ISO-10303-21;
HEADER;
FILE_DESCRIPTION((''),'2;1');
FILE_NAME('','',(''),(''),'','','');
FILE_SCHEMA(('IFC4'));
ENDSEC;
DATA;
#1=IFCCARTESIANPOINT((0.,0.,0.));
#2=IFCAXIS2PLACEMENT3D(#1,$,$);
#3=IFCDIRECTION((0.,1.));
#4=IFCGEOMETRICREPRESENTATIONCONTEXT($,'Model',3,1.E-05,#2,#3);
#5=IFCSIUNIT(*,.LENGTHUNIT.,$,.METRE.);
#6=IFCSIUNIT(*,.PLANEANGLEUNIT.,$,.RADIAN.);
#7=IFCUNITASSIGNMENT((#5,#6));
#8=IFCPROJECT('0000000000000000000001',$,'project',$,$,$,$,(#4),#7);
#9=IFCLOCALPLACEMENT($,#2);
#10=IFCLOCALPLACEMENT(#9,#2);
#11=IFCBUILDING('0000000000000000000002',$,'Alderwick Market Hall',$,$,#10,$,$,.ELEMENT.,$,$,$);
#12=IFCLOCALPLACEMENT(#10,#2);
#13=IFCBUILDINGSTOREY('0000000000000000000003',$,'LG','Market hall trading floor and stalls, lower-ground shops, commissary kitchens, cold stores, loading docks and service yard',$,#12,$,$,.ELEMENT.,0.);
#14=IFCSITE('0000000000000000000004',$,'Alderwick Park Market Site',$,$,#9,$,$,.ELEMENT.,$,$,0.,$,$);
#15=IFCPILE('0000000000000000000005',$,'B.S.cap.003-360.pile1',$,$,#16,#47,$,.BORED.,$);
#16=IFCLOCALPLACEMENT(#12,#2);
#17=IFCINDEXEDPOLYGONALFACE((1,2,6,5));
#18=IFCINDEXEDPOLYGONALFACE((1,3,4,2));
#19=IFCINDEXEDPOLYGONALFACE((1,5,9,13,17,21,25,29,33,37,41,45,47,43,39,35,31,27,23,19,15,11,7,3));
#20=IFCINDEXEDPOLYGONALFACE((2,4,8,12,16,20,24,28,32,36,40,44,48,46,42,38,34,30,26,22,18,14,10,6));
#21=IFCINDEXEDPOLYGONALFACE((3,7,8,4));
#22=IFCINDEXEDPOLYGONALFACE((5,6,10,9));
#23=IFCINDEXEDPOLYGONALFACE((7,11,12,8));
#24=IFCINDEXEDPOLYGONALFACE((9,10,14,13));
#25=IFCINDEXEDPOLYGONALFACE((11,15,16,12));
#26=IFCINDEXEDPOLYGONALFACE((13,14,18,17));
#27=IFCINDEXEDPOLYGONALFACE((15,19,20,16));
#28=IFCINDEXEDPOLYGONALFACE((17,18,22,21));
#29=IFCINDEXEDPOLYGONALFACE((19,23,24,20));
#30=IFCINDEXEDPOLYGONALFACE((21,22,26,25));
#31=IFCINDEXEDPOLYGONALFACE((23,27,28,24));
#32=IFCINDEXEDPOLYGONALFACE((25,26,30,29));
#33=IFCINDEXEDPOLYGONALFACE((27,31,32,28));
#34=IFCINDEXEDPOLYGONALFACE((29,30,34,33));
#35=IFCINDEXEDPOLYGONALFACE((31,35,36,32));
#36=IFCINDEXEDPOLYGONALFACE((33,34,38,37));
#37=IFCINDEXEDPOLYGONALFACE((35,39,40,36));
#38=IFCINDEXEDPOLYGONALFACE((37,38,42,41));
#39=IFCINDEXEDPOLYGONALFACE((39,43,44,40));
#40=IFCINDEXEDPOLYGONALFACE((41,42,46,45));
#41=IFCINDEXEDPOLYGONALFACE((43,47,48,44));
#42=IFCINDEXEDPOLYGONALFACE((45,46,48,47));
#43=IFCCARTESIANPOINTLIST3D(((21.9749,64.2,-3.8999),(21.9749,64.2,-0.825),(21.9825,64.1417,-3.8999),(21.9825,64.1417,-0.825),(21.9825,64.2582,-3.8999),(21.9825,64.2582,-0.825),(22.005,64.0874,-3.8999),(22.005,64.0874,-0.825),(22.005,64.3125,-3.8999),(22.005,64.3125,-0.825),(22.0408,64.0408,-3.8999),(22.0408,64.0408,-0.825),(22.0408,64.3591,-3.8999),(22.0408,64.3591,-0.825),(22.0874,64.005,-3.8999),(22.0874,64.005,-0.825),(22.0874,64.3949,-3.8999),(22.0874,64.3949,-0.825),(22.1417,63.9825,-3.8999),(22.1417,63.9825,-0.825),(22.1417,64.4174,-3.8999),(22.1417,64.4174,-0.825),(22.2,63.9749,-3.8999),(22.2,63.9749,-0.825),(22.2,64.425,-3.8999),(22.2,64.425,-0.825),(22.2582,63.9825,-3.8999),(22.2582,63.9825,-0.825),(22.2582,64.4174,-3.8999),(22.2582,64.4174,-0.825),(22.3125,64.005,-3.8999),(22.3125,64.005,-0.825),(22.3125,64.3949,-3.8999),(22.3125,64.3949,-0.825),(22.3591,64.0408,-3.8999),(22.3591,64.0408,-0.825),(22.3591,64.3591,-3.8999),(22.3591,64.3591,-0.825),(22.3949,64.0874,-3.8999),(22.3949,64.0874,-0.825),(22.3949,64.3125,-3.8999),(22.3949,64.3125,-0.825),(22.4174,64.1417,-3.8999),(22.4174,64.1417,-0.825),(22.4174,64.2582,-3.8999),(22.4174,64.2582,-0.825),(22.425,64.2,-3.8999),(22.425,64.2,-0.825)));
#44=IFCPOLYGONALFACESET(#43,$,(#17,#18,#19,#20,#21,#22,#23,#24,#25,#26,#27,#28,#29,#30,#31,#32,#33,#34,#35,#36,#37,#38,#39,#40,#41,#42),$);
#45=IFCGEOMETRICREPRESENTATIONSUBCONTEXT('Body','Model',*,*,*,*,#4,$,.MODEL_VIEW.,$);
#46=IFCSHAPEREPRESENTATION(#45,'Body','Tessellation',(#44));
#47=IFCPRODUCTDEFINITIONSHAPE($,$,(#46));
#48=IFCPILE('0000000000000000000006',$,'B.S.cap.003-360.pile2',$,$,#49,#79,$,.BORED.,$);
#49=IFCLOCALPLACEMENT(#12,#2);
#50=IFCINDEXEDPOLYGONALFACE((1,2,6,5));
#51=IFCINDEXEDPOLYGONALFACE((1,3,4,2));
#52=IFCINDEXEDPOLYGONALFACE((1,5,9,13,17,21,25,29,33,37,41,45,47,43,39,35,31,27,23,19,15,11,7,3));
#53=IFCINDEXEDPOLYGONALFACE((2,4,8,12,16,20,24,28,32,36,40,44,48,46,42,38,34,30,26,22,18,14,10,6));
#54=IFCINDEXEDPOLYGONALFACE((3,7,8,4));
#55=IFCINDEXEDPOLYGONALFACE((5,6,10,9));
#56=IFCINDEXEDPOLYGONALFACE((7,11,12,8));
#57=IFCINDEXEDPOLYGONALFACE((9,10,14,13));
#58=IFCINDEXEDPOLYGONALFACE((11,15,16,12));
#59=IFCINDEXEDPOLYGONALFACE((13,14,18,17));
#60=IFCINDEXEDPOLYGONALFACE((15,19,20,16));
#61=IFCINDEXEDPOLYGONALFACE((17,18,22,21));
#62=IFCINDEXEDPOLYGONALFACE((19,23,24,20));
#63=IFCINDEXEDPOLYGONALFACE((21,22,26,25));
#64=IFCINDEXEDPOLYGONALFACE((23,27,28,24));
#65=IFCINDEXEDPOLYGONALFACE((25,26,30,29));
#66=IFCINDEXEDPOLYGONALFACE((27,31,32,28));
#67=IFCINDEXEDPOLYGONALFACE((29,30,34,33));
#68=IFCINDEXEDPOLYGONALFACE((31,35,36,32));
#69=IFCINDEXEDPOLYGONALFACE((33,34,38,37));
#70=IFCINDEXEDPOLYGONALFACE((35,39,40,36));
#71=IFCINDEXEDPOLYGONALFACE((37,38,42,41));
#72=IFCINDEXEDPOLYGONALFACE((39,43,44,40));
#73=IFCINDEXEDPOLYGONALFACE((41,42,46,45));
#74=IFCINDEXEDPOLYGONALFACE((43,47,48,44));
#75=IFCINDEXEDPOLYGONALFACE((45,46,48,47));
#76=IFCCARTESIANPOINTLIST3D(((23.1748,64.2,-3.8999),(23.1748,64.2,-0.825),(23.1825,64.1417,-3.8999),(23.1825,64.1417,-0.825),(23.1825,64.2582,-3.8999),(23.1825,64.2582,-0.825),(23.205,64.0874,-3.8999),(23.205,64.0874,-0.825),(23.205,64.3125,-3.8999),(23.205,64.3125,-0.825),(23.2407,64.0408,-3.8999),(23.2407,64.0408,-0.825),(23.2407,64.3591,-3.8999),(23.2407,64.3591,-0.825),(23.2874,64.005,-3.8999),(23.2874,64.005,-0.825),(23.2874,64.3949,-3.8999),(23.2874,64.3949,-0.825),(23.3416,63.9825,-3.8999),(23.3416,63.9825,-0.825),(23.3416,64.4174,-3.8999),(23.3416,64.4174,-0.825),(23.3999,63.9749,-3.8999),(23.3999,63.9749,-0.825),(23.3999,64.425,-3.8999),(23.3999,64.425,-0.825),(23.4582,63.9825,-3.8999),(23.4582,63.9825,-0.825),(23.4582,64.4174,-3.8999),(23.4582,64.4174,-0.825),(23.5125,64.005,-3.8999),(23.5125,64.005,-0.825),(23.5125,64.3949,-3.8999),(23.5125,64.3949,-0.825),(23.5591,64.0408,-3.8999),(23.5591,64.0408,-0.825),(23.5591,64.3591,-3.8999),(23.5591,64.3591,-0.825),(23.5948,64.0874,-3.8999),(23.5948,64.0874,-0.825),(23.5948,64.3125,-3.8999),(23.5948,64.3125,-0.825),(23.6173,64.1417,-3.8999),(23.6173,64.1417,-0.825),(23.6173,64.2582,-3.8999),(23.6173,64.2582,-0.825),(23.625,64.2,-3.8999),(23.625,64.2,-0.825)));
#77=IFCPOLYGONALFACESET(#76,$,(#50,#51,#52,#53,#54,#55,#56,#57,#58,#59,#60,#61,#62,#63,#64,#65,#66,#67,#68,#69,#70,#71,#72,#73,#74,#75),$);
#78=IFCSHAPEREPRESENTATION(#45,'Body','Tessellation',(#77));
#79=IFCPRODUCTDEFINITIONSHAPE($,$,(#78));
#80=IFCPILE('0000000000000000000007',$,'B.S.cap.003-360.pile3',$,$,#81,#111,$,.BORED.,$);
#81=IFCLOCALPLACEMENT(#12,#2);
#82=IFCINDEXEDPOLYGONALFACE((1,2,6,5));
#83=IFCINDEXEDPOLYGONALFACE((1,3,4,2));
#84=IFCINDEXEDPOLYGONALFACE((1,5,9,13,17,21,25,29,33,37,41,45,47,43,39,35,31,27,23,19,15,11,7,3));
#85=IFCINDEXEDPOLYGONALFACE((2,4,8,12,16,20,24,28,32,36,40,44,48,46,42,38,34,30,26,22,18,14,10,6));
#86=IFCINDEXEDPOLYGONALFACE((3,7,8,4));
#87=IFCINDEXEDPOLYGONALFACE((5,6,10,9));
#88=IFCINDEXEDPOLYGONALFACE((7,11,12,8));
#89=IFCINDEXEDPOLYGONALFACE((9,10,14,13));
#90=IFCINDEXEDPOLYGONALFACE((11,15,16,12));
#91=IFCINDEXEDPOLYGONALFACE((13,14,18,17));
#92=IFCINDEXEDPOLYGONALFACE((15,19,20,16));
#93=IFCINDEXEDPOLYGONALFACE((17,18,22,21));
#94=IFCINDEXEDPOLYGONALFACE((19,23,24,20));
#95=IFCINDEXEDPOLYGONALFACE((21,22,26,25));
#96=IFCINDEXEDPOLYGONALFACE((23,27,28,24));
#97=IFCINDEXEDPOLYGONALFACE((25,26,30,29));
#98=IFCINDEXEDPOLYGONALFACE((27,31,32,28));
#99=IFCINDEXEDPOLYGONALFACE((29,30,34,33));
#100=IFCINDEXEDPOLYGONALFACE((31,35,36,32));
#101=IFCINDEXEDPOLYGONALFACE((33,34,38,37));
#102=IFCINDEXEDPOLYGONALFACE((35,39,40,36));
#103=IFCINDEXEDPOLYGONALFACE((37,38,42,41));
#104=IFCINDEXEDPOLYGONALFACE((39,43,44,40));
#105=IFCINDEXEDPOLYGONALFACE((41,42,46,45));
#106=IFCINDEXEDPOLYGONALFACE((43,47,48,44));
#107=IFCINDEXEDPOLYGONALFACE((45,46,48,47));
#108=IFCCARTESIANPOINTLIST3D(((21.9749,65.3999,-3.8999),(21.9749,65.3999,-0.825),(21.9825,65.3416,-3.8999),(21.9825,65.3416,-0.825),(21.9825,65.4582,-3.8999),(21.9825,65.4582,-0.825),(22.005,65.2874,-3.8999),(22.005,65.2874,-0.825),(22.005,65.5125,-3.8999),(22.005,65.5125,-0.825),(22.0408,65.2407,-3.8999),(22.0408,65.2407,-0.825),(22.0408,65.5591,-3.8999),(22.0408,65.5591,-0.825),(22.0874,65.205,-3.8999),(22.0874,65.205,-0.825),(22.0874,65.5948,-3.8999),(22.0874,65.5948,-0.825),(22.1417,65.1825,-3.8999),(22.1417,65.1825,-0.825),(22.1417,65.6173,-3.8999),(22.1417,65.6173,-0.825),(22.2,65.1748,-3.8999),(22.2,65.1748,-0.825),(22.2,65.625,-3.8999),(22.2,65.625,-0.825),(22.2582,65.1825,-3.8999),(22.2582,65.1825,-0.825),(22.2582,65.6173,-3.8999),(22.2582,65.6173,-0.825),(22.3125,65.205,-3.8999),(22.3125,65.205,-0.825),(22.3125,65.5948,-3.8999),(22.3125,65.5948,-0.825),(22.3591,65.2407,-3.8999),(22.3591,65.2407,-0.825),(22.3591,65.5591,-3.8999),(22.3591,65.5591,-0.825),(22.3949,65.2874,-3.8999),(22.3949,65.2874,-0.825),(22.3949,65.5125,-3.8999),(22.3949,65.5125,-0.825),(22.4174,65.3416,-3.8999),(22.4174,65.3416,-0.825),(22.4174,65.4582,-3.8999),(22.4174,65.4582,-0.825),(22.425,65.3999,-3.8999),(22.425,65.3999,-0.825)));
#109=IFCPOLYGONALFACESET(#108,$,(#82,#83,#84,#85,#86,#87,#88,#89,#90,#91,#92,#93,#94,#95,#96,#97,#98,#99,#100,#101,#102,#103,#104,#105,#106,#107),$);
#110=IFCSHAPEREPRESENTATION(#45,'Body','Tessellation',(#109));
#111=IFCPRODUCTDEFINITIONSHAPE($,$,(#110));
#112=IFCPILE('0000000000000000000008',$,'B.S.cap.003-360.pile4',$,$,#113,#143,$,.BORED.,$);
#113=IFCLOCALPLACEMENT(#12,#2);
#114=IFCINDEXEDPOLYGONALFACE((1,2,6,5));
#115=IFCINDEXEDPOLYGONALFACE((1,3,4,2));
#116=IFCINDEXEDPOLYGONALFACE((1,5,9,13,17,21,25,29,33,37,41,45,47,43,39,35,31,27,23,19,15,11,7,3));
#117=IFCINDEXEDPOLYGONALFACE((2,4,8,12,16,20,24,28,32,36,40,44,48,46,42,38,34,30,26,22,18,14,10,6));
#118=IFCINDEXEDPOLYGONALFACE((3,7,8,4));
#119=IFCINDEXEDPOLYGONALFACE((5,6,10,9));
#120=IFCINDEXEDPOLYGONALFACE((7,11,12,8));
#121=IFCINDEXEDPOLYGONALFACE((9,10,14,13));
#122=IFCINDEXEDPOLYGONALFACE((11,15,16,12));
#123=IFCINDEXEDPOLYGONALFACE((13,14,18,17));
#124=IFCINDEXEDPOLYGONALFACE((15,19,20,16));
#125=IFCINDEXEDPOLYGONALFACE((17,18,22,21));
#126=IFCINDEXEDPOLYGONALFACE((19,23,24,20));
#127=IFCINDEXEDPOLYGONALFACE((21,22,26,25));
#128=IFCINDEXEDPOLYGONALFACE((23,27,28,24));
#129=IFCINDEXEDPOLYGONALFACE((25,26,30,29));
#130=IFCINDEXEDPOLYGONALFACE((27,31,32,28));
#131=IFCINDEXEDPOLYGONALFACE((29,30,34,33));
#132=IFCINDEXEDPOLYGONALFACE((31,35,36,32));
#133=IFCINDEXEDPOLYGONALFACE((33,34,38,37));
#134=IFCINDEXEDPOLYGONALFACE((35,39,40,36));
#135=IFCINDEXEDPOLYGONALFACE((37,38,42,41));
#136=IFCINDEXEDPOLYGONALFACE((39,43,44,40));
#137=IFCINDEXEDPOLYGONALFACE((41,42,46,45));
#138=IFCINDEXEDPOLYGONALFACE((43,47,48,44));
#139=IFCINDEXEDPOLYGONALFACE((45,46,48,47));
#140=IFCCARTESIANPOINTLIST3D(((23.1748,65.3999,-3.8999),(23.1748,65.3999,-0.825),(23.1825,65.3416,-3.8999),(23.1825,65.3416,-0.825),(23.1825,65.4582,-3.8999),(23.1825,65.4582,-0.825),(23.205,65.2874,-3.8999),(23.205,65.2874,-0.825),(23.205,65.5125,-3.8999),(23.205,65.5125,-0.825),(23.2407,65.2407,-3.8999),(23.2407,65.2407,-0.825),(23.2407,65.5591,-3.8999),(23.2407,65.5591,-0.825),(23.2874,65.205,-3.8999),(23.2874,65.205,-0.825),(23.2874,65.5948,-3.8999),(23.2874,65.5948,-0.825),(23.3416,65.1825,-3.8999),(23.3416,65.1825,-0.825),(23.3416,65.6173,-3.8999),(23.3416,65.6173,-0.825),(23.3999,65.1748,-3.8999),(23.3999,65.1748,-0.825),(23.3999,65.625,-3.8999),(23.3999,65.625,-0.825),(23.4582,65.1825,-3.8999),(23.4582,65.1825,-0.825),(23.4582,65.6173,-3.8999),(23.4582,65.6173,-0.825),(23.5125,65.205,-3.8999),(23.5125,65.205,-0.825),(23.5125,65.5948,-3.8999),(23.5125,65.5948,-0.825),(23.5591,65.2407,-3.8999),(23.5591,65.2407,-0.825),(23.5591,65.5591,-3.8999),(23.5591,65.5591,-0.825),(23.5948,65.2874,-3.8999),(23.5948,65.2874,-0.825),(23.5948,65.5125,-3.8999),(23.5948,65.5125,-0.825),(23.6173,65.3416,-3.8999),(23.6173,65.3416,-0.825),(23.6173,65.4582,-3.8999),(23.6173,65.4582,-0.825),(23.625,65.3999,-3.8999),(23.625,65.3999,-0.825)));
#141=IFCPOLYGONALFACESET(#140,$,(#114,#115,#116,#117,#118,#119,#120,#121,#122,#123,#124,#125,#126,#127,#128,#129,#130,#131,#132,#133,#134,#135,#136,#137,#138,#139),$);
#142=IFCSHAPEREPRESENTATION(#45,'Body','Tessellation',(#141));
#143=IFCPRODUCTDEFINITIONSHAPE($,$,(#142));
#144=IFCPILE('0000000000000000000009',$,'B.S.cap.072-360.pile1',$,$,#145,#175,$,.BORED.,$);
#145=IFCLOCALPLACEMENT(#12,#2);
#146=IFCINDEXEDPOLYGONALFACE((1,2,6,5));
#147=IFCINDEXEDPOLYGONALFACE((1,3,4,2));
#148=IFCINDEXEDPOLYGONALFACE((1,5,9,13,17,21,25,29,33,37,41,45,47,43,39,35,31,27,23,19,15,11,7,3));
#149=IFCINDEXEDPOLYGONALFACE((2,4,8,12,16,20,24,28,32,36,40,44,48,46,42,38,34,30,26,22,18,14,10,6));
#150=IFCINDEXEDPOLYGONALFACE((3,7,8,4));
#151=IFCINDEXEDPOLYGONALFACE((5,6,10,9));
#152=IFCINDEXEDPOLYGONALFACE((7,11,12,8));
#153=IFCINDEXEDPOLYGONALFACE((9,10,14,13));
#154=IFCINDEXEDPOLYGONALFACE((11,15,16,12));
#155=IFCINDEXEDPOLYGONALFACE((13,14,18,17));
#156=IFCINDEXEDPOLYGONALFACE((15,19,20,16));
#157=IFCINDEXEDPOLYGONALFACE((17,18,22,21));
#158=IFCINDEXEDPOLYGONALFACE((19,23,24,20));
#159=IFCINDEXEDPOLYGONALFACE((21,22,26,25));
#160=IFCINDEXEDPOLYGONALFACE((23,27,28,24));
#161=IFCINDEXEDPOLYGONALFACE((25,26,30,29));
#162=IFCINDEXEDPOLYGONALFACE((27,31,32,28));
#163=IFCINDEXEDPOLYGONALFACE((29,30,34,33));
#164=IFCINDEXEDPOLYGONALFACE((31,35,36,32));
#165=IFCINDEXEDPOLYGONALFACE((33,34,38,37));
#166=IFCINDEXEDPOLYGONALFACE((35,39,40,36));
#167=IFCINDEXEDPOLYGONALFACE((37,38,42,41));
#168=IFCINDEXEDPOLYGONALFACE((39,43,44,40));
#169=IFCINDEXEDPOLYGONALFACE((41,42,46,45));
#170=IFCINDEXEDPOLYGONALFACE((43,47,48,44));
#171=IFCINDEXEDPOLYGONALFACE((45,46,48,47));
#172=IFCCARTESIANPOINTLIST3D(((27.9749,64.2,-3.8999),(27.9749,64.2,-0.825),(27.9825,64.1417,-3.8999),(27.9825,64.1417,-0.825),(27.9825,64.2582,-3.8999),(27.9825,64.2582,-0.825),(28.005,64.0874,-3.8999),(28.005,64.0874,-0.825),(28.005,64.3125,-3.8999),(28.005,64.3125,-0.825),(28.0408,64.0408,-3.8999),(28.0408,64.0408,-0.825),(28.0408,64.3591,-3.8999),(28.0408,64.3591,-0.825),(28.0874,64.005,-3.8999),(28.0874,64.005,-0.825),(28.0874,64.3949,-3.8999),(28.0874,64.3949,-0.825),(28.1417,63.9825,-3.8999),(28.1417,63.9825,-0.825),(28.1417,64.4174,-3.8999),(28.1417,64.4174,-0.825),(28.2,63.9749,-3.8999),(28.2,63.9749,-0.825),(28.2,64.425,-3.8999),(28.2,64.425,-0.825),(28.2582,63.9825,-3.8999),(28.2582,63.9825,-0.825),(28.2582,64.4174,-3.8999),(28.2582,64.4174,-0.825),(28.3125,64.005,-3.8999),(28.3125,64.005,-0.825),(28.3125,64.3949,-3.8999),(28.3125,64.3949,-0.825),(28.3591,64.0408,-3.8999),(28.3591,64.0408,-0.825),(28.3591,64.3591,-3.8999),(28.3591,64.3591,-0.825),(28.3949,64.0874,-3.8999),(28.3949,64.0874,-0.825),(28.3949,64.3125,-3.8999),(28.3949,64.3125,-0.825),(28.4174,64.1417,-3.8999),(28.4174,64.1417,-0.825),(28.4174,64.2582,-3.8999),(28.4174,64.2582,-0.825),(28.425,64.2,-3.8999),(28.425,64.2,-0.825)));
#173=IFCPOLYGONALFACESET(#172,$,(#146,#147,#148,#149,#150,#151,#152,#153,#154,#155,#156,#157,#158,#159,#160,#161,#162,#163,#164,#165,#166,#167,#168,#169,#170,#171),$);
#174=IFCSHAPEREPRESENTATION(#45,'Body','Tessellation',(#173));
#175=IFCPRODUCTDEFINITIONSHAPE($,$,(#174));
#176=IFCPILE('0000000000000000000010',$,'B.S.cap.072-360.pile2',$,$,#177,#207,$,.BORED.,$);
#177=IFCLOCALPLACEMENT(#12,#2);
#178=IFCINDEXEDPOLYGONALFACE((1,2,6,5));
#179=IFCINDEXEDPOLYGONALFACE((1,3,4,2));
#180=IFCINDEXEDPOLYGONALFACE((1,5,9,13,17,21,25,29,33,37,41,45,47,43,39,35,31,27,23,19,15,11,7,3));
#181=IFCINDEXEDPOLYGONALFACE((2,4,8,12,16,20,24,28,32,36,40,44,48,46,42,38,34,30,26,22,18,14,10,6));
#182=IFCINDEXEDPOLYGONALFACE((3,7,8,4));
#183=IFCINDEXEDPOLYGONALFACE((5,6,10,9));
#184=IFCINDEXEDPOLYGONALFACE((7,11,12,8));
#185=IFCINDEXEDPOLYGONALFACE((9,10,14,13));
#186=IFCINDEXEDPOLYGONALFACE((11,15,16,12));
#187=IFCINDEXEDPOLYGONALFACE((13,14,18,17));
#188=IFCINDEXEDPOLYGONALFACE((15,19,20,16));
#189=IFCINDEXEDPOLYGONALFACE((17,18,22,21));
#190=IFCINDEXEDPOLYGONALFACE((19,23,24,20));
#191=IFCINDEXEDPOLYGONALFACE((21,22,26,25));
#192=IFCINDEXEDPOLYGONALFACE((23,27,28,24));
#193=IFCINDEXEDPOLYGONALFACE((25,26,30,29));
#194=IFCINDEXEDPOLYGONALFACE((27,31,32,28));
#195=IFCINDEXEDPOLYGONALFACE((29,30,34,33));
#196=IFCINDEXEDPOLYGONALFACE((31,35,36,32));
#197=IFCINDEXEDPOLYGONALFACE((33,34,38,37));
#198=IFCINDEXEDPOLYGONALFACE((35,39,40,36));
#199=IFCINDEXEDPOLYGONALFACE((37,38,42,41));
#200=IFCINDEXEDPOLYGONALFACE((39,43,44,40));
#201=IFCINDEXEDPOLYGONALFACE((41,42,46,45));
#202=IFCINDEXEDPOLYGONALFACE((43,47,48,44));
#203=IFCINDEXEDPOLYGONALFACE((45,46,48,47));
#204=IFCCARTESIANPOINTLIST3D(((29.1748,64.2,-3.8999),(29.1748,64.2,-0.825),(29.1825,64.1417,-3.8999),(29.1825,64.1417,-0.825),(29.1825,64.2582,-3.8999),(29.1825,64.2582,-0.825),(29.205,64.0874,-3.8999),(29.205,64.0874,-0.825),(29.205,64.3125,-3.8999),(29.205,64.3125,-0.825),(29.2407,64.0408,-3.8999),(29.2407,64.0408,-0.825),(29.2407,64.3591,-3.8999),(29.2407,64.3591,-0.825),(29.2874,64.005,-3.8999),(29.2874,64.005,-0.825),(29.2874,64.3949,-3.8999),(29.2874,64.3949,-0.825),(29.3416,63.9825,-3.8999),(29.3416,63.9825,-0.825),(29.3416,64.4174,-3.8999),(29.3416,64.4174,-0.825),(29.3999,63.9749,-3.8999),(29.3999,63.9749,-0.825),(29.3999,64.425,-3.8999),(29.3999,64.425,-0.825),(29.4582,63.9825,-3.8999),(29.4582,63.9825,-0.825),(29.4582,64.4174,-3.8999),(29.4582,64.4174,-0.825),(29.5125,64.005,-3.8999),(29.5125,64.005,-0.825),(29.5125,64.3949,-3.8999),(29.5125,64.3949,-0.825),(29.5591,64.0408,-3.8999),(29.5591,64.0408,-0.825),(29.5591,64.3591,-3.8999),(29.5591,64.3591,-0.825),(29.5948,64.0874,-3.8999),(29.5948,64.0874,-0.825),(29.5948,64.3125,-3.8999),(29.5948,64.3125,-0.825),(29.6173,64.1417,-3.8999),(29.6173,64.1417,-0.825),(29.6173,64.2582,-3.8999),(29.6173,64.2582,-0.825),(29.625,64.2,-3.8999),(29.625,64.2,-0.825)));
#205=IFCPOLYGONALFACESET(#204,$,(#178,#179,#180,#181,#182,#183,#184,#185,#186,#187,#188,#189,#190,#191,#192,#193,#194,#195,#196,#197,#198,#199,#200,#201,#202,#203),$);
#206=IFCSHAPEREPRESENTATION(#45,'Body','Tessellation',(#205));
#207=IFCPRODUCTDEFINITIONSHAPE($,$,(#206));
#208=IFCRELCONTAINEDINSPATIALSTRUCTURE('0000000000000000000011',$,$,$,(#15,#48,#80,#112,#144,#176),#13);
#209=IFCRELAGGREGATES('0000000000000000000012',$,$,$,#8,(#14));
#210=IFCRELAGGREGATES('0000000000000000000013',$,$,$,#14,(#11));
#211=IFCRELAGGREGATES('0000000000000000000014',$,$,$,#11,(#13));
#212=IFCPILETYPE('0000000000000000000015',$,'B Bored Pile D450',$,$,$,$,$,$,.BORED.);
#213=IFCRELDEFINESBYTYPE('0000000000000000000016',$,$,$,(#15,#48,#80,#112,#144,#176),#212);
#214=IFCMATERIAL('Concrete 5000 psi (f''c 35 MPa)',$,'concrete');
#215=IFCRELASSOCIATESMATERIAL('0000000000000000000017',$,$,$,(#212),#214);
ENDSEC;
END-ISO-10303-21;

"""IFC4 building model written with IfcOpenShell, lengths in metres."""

from ifc_helpers import new_model, si_unit, direction, frame, origin, origin_2d, place, context, subcontext, project, spatial, circle, extrude, material, material_profile, profile_set, type_object, element, save


model = new_model("IFC4")

# Units and contexts
model_context = context("Model", 3, precision=1e-05, world=origin(), true_north=direction((0.0, 1.0)))
body_context = subcontext(model_context, "Body", "Model", "MODEL_VIEW")
ifc_project = project(units=[si_unit("LENGTHUNIT", "METRE"), si_unit("PLANEANGLEUNIT", "RADIAN")], contexts=[model_context])

# Site, building, storey
site_placement = place(None, origin())
site = spatial("IfcSite", under=ifc_project, at=site_placement, Name="Alderwick Park Market Site", CompositionType="ELEMENT", RefElevation=0.0)
building_placement = place(site_placement, origin())
building = spatial("IfcBuilding", under=site, at=building_placement, Name="Alderwick Market Hall", CompositionType="ELEMENT")
storey_placement = place(building_placement, origin())
storey = spatial("IfcBuildingStorey", under=building, at=storey_placement, Name="LG", Description="Market hall trading floor and stalls, lower-ground shops, commissary kitchens, cold stores, loading docks and service yard", CompositionType="ELEMENT", Elevation=0.0)

# Piles
ifc_material_1 = material(Name="Concrete 5000 psi (f'c 35 MPa)", Category="concrete")
ifc_material_profile_1 = material_profile(ifc_material_1, circle(Radius=0.2251, at=origin_2d()), Name="B Bored Pile D450")
ifc_profile_set_1 = profile_set([ifc_material_profile_1], Name="Concrete 5000 psi (f'c 35 MPa)")
pile_type = type_object("IfcPileType", Name="B Bored Pile D450", PredefinedType="BORED", material=ifc_profile_set_1)
for number, where, z_axis, x_axis, name in (
    (1, (22.2, 64.2, -0.825), (0.0, 0.0, -1.0), (1.0, 0.0, 0.0), "B.S.cap.003-360.pile1"),
    (2, (23.3999, 64.2, -0.825), (0.0, 0.0, -1.0), (1.0, 0.0, 0.0), "B.S.cap.003-360.pile2"),
    (3, (22.2, 65.3999, -0.825), (0.0, 0.0, -1.0), (1.0, 0.0, 0.0), "B.S.cap.003-360.pile3"),
    (4, (23.3999, 65.3999, -0.825), (0.0, 0.0, -1.0), (1.0, 0.0, 0.0), "B.S.cap.003-360.pile4"),
    (5, (28.2, 64.2, -0.825), (0.0, 0.0, -1.0), (1.0, 0.0, 0.0), "B.S.cap.072-360.pile1"),
    (6, (29.3999, 64.2, -0.825), (0.0, 0.0, -1.0), (1.0, 0.0, 0.0), "B.S.cap.072-360.pile2"),
):
    element("IfcPile", number, at=place(storey_placement, frame(where, z_axis=z_axis, x_axis=x_axis)), inside=storey, type_object=pile_type, Name=name, PredefinedType="BORED", context=body_context, shape_type="SweptSolid", body=[
        extrude(circle(Radius=0.2251, at=origin_2d()), origin(), (0.0, 0.0, 1.0), 3.075),
    ])

save(model, "model.ifc")
